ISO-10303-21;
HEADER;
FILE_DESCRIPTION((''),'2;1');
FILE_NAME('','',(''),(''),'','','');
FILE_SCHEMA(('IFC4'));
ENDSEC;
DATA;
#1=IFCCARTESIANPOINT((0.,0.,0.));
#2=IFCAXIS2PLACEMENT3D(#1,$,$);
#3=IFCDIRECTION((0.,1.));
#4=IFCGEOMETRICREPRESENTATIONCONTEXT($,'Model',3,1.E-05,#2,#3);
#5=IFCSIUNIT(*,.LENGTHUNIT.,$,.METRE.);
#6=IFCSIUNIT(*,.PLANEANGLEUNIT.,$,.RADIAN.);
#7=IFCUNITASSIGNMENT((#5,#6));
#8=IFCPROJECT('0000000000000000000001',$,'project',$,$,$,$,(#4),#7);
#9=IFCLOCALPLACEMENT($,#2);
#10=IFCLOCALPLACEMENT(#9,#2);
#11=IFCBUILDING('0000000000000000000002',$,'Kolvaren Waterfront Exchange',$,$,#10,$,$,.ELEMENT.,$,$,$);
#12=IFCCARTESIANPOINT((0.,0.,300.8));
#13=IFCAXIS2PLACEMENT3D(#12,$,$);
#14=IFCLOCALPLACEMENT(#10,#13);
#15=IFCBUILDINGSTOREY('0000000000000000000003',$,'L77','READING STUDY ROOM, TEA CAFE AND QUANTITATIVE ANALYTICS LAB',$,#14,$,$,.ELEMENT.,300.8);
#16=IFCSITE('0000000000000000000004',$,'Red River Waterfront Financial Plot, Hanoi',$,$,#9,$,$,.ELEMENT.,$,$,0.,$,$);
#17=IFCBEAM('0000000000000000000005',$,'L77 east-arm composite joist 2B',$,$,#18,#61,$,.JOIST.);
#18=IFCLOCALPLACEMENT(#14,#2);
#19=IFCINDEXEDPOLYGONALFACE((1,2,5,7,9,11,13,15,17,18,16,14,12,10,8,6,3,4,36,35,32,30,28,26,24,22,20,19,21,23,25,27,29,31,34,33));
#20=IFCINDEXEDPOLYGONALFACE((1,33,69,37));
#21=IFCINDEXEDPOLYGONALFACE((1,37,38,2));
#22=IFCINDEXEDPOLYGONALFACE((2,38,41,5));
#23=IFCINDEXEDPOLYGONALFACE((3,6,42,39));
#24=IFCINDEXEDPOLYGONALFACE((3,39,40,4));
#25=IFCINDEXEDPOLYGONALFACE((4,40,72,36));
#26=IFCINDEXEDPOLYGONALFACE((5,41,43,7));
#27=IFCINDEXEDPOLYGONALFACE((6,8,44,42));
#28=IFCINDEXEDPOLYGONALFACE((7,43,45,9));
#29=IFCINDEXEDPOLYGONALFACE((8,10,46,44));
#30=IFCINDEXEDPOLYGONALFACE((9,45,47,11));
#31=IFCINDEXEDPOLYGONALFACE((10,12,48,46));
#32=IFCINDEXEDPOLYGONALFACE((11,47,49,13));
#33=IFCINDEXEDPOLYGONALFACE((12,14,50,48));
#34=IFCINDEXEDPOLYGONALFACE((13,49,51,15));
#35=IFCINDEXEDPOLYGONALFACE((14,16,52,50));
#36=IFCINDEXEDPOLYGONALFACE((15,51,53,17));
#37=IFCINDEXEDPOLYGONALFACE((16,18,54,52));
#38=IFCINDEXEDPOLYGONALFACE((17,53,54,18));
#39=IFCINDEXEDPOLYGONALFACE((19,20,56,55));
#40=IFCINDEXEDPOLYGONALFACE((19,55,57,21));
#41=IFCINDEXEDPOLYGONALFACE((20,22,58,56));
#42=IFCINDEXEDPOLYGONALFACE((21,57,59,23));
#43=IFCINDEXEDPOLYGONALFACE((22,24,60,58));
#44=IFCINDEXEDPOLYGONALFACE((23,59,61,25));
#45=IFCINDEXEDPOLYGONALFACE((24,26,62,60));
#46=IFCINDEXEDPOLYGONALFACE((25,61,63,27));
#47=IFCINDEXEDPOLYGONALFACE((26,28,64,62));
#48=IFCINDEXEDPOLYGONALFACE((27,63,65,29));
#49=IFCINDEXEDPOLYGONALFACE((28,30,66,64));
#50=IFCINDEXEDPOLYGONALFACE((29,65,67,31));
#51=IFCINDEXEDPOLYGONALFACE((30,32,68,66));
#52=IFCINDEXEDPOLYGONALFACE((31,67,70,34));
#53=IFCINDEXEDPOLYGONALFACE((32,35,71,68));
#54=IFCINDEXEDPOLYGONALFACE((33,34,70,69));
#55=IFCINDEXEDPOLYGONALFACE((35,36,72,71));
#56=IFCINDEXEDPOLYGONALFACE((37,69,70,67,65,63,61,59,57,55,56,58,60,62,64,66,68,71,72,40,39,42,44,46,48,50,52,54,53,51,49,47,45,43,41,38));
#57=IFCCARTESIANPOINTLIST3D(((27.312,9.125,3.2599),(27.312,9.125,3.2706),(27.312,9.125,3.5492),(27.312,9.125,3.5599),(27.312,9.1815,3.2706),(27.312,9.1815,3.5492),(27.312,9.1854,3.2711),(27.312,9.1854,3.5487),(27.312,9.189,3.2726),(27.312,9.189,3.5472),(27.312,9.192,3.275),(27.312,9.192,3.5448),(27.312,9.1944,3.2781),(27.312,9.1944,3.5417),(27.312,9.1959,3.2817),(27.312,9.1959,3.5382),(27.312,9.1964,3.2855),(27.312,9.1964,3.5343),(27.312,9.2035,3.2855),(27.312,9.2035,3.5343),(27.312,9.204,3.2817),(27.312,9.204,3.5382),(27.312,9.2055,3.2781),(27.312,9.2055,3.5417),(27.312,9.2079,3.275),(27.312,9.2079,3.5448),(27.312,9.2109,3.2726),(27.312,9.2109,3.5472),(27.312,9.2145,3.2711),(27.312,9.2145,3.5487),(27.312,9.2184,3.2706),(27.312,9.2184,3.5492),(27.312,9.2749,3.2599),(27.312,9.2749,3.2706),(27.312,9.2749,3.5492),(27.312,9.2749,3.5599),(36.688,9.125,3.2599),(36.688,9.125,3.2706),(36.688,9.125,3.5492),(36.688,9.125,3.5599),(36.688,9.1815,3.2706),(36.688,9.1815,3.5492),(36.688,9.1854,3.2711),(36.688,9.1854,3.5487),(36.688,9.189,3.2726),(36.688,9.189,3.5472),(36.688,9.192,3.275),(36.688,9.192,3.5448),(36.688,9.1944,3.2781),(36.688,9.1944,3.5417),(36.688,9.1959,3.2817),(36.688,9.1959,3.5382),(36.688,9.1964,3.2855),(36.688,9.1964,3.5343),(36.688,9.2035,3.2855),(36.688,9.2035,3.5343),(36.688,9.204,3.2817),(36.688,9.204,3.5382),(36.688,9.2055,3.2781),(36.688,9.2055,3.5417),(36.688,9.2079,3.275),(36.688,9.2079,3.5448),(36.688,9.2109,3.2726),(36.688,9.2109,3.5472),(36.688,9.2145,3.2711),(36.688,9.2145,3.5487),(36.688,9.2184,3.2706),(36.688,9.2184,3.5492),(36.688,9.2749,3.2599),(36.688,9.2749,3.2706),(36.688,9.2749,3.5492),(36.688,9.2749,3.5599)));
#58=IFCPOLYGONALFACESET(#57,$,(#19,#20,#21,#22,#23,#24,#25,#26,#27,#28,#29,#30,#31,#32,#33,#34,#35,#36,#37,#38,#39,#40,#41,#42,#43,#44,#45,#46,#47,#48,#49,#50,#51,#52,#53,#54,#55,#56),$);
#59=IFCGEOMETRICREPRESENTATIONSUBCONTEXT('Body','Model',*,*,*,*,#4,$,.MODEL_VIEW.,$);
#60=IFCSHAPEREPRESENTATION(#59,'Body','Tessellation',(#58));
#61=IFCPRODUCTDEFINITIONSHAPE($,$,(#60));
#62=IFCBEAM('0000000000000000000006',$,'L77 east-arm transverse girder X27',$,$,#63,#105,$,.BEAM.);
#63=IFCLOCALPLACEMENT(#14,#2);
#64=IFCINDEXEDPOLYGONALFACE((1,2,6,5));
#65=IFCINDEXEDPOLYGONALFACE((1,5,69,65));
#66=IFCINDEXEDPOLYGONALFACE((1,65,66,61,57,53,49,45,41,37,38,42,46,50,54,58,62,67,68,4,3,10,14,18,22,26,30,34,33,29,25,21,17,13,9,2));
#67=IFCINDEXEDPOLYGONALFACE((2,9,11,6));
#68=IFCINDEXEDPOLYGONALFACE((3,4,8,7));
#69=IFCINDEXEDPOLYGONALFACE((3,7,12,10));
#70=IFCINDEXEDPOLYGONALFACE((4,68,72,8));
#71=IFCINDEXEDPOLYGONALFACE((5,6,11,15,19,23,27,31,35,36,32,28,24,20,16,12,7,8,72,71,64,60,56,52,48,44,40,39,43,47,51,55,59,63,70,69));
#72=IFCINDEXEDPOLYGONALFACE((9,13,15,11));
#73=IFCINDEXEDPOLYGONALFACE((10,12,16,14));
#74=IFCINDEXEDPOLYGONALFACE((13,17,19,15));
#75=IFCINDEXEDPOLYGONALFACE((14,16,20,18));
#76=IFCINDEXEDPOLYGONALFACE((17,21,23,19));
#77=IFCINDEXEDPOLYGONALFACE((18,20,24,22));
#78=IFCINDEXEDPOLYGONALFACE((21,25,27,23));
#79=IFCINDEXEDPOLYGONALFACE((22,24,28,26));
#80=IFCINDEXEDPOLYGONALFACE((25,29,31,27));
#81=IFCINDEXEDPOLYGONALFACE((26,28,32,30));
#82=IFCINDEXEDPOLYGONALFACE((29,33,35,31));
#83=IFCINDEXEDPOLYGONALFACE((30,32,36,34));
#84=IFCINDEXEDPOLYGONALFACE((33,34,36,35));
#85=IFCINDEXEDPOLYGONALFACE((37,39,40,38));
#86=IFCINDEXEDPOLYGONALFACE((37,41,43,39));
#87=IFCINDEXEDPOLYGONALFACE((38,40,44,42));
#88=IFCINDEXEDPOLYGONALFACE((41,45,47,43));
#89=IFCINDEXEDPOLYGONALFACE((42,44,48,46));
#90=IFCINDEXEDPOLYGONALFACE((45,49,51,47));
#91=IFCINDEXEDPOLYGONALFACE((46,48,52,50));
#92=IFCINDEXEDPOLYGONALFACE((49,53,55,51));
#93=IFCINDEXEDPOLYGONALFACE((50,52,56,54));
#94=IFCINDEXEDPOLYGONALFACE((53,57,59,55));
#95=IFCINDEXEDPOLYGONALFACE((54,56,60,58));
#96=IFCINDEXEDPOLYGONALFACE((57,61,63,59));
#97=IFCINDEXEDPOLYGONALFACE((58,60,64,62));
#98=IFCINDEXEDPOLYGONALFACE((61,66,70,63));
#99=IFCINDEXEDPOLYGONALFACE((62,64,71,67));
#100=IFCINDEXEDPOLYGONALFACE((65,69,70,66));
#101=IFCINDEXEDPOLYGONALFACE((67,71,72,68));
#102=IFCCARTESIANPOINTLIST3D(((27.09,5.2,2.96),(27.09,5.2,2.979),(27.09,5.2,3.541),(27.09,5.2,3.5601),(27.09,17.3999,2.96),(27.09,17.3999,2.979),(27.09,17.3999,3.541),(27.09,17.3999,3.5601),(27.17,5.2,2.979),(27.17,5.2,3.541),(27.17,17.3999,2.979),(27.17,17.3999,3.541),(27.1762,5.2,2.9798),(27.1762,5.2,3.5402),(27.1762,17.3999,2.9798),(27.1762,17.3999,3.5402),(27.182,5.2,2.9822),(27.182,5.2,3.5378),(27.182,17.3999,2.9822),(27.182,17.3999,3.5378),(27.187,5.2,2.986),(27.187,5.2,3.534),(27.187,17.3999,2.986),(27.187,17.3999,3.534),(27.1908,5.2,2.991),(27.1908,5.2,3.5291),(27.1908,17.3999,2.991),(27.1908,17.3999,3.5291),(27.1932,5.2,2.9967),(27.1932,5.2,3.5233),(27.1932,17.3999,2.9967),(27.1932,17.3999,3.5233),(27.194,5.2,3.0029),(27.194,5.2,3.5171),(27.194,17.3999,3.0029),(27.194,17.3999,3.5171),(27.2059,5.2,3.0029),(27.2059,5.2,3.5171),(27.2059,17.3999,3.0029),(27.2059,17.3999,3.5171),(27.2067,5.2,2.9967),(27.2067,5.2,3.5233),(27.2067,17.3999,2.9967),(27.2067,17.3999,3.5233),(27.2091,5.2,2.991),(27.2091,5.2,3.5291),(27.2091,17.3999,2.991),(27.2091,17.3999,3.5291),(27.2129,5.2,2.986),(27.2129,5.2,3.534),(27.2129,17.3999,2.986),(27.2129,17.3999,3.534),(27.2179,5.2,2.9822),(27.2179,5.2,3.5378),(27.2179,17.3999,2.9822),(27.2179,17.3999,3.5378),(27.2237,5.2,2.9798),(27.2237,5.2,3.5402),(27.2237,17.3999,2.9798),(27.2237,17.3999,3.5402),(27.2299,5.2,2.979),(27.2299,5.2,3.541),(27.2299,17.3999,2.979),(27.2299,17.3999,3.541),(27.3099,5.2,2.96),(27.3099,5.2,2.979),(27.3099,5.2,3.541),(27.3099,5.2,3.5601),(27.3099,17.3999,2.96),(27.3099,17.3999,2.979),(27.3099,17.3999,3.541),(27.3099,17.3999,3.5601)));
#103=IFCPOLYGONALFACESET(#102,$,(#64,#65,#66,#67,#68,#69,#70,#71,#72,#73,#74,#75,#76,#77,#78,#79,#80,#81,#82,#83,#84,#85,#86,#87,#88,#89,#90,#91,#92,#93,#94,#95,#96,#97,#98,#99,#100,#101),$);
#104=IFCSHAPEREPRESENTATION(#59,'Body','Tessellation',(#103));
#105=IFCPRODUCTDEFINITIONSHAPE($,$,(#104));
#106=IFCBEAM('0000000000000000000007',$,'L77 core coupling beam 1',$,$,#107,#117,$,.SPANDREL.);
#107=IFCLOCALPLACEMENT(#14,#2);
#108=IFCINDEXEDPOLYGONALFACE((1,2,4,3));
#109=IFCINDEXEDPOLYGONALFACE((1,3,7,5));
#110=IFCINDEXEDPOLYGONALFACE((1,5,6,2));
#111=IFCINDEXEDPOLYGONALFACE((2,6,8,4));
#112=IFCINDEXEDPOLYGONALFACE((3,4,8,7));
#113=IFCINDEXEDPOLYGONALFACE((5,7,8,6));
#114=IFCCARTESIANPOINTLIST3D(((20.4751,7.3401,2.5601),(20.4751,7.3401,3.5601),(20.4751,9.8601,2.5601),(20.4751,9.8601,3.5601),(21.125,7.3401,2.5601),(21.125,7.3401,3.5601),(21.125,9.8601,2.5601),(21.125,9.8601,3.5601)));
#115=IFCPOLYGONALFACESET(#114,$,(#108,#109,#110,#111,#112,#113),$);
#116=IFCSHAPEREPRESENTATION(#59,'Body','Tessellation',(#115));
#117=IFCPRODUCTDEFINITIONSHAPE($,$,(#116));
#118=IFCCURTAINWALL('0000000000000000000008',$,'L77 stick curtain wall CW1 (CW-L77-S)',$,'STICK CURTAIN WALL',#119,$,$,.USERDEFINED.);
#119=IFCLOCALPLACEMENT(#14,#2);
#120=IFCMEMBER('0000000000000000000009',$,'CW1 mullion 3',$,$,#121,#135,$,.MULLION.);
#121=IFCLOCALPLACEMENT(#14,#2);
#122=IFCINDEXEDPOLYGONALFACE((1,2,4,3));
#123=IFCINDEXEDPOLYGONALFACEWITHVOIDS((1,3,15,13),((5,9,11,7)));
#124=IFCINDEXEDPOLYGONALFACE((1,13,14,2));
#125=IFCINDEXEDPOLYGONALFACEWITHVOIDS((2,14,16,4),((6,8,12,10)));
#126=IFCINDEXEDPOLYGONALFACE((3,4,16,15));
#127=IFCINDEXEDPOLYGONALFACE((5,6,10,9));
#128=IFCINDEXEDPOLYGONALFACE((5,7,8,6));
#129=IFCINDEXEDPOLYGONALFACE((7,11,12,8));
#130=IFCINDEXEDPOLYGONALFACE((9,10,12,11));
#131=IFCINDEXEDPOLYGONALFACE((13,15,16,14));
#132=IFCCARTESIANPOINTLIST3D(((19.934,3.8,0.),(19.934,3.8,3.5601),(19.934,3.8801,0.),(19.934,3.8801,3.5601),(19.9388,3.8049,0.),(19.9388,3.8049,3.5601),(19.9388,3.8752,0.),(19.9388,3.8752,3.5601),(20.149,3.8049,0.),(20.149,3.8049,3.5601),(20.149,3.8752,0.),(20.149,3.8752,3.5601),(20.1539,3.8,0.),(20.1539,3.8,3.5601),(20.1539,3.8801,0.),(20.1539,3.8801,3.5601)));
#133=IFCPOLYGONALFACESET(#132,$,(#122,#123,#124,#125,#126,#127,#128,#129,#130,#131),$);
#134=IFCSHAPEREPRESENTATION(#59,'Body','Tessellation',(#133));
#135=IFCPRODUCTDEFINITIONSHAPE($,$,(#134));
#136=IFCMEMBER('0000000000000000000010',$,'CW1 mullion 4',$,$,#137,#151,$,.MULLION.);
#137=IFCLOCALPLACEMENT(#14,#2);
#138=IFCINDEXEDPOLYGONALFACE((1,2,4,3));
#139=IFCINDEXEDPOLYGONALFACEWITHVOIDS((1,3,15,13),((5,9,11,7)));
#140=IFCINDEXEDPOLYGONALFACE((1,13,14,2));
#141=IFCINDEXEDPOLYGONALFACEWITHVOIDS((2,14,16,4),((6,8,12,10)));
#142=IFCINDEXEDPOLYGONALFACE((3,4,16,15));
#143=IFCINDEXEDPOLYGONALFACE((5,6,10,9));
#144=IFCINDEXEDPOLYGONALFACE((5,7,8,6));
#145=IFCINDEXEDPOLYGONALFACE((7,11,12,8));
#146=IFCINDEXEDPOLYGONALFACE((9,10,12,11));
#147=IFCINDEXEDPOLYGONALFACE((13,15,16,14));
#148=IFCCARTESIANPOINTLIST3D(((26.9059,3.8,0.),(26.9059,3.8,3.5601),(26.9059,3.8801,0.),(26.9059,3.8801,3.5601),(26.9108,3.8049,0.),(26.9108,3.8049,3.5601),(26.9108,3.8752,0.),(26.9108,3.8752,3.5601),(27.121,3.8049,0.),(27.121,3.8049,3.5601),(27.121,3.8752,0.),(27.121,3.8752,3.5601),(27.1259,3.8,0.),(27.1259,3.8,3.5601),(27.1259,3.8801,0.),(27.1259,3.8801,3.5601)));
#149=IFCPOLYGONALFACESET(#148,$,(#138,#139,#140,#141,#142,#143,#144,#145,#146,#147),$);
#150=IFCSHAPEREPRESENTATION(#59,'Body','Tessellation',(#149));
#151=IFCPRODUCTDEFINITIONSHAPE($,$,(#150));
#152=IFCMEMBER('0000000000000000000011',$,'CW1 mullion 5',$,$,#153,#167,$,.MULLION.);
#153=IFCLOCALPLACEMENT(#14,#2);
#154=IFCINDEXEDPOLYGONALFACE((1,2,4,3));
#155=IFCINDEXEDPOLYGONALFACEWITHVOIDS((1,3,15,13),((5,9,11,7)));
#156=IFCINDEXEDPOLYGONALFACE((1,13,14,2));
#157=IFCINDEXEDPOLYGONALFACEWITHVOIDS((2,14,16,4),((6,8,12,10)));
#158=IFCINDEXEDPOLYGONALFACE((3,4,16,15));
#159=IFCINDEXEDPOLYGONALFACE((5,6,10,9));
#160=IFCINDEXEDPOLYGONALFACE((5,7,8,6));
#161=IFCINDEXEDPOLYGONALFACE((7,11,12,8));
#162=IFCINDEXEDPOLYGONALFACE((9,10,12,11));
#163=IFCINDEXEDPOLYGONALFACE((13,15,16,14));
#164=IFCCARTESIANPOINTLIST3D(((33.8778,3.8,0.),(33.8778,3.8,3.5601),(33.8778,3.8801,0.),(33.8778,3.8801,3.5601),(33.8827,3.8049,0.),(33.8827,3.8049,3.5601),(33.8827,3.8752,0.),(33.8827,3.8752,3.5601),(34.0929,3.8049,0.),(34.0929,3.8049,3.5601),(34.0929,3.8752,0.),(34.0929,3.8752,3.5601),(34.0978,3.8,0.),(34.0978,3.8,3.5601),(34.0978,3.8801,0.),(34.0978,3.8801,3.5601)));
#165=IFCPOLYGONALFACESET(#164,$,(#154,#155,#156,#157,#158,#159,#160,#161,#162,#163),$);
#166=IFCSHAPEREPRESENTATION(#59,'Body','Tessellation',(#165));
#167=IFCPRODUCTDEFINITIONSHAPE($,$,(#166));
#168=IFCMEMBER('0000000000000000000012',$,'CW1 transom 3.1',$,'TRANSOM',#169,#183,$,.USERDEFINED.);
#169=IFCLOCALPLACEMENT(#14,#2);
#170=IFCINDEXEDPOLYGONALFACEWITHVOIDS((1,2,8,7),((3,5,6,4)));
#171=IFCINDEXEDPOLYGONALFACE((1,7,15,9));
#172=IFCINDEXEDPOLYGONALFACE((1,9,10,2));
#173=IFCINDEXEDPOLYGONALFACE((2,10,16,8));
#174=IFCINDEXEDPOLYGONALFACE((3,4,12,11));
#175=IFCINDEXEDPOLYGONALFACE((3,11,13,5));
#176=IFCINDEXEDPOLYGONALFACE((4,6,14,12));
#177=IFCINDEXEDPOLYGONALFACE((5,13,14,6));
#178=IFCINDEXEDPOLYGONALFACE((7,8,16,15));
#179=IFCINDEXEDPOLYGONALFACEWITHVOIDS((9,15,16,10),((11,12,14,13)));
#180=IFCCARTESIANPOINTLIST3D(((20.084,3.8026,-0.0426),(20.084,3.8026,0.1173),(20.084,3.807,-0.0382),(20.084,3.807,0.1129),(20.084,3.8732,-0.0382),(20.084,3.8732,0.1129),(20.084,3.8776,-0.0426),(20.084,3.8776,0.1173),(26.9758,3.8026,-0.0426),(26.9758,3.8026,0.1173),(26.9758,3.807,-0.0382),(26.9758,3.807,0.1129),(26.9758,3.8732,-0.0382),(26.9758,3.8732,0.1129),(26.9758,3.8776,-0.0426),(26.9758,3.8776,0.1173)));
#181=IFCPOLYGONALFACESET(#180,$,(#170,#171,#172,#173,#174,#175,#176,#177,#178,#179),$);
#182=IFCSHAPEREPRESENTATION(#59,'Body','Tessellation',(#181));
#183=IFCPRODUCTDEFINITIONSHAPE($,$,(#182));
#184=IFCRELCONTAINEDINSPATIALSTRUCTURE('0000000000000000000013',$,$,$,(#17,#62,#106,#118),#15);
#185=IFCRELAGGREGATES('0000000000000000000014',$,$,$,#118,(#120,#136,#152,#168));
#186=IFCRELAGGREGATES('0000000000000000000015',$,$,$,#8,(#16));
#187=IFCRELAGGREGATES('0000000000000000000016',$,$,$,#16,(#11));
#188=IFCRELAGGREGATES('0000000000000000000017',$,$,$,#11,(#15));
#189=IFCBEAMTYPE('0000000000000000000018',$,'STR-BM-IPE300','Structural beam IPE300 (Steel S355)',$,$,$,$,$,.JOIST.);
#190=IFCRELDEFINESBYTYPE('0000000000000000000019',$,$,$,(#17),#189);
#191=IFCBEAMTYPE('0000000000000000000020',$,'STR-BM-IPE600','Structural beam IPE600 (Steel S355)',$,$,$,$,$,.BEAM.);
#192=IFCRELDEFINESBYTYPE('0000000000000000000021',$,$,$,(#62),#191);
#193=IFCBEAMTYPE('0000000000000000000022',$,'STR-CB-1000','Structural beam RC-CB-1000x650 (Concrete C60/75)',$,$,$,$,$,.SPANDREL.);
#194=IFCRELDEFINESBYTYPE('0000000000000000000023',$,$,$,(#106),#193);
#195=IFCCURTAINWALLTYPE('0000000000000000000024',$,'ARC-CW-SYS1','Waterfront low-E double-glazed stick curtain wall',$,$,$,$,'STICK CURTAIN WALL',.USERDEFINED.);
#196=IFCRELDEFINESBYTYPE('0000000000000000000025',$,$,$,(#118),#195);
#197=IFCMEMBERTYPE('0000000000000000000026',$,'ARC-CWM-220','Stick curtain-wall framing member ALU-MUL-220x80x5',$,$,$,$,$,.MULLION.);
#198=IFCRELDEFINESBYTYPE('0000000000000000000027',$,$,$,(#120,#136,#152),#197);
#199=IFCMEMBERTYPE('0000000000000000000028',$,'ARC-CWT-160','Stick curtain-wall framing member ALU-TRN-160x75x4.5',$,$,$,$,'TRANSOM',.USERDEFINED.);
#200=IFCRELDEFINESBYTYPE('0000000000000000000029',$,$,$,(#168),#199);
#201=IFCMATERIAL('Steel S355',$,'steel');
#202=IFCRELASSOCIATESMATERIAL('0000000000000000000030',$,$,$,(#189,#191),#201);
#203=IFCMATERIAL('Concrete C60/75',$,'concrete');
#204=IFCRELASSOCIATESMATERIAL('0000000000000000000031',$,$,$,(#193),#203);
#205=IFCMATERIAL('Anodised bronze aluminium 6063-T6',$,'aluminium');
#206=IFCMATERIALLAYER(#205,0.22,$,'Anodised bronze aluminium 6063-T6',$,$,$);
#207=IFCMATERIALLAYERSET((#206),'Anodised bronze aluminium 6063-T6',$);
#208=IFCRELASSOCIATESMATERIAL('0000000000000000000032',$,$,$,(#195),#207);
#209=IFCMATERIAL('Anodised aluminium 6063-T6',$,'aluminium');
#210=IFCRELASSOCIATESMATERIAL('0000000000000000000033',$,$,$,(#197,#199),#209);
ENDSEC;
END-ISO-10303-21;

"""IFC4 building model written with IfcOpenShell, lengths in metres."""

from ifc_helpers import new_model, si_unit, direction, frame, origin, origin_with_axes, origin_2d, place, context, subcontext, project, spatial, rectangle, hollow_rectangle, i_section, extrude, source, transform, mapped, material, layer, layer_set, material_profile, profile_set, type_object, element, aggregate, save


model = new_model("IFC4")

# Units and contexts
model_context = context("Model", 3, precision=1e-05, world=origin(), true_north=direction((0.0, 1.0)))
body_context = subcontext(model_context, "Body", "Model", "MODEL_VIEW")
ifc_project = project(units=[si_unit("LENGTHUNIT", "METRE"), si_unit("PLANEANGLEUNIT", "RADIAN")], contexts=[model_context])

# Site, building, storey
site_placement = place(None, origin())
site = spatial("IfcSite", under=ifc_project, at=site_placement, Name="Red River Waterfront Financial Plot, Hanoi", CompositionType="ELEMENT", RefElevation=0.0)
building_placement = place(site_placement, origin())
building = spatial("IfcBuilding", under=site, at=building_placement, Name="Kolvaren Waterfront Exchange", CompositionType="ELEMENT")
storey_placement = place(building_placement, frame((0.0, 0.0, 300.8)))
storey = spatial("IfcBuildingStorey", under=building, at=storey_placement, Name="L77", Description="READING STUDY ROOM, TEA CAFE AND QUANTITATIVE ANALYTICS LAB", CompositionType="ELEMENT", Elevation=300.8)

# Beams
ifc_material_1 = material(Name="Steel S355", Category="steel")
ifc_material_profile_1 = material_profile(ifc_material_1, i_section(OverallWidth=0.1499, OverallDepth=0.3, WebThickness=0.0071, FlangeThickness=0.0107, FilletRadius=0.0149, at=origin_2d()), Name="IPE300")
ifc_profile_set_1 = profile_set([ifc_material_profile_1], Name="Steel S355")
beam_type_1 = type_object("IfcBeamType", Name="STR-BM-IPE300", Description="Structural beam IPE300 (Steel S355)", PredefinedType="JOIST", material=ifc_profile_set_1)
beam_1_placement = place(storey_placement, frame((27.312, 9.2, 3.4099), z_axis=(1.0, 0.0, 0.0), x_axis=(0.0, 1.0, 0.0)))
element("IfcBeam", 1, at=beam_1_placement, inside=storey, type_object=beam_type_1, Name="L77 east-arm composite joist 2B", PredefinedType="JOIST", context=body_context, shape_type="SweptSolid", body=[
    extrude(i_section(OverallWidth=0.1499, OverallDepth=0.3, WebThickness=0.0071, FlangeThickness=0.0107, FilletRadius=0.0149, at=origin_2d()), origin(), (0.0, 0.0, 1.0), 9.376),
])
ifc_material_profile_2 = material_profile(ifc_material_1, i_section(OverallWidth=0.22, OverallDepth=0.6001, WebThickness=0.012, FlangeThickness=0.019, FilletRadius=0.0239, at=origin_2d()), Name="IPE600")
ifc_profile_set_2 = profile_set([ifc_material_profile_2], Name="Steel S355")
beam_type_2 = type_object("IfcBeamType", Name="STR-BM-IPE600", Description="Structural beam IPE600 (Steel S355)", PredefinedType="BEAM", material=ifc_profile_set_2)
beam_2_placement = place(storey_placement, frame((27.2, 5.2, 3.26), z_axis=(0.0, 1.0, 0.0), x_axis=(-1.0, 0.0, 0.0)))
element("IfcBeam", 2, at=beam_2_placement, inside=storey, type_object=beam_type_2, Name="L77 east-arm transverse girder X27", PredefinedType="BEAM", context=body_context, shape_type="SweptSolid", body=[
    extrude(i_section(OverallWidth=0.22, OverallDepth=0.6001, WebThickness=0.012, FlangeThickness=0.019, FilletRadius=0.0239, at=origin_2d()), origin(), (0.0, 0.0, 1.0), 12.2),
])
ifc_material_2 = material(Name="Concrete C60/75", Category="concrete")
ifc_material_profile_3 = material_profile(ifc_material_2, rectangle(XDim=0.6499, YDim=1.0, at=origin_2d()), Name="RC-CB-1000x650")
ifc_profile_set_3 = profile_set([ifc_material_profile_3], Name="Concrete C60/75")
beam_type_3 = type_object("IfcBeamType", Name="STR-CB-1000", Description="Structural beam RC-CB-1000x650 (Concrete C60/75)", PredefinedType="SPANDREL", material=ifc_profile_set_3)
beam_3_placement = place(storey_placement, frame((20.8, 7.3401, 3.0601), z_axis=(0.0, 1.0, 0.0), x_axis=(-1.0, 0.0, 0.0)))
element("IfcBeam", 3, at=beam_3_placement, inside=storey, type_object=beam_type_3, Name="L77 core coupling beam 1", PredefinedType="SPANDREL", context=body_context, shape_type="SweptSolid", body=[
    extrude(rectangle(XDim=0.6499, YDim=1.0, at=origin_2d()), origin(), (0.0, 0.0, 1.0), 2.52),
])

# Curtain wall, members
ifc_material_3 = material(Name="Anodised bronze aluminium 6063-T6", Category="aluminium")
ifc_layer_1 = layer(ifc_material_3, 0.22, Name="Anodised bronze aluminium 6063-T6")
ifc_layer_set_1 = layer_set([ifc_layer_1], Name="Anodised bronze aluminium 6063-T6")
curtain_wall_type = type_object("IfcCurtainWallType", Name="ARC-CW-SYS1", Description="Waterfront low-E double-glazed stick curtain wall", ElementType="STICK CURTAIN WALL", PredefinedType="USERDEFINED", material=ifc_layer_set_1)
curtain_wall_placement = place(storey_placement, origin())
curtain_wall = element("IfcCurtainWall", 4, at=curtain_wall_placement, inside=storey, type_object=curtain_wall_type, Name="L77 stick curtain wall CW1 (CW-L77-S)", ObjectType="STICK CURTAIN WALL", PredefinedType="USERDEFINED")
ifc_material_4 = material(Name="Anodised aluminium 6063-T6", Category="aluminium")
ifc_material_profile_4 = material_profile(ifc_material_4, hollow_rectangle(XDim=0.0801, YDim=0.22, WallThickness=0.0049, at=origin_2d()), Name="ALU-MUL-220x80x5")
ifc_profile_set_4 = profile_set([ifc_material_profile_4], Name="Anodised aluminium 6063-T6")
member_type_1 = type_object("IfcMemberType", Name="ARC-CWM-220", Description="Stick curtain-wall framing member ALU-MUL-220x80x5", PredefinedType="MULLION", material=ifc_profile_set_4)
shared_shape_1 = source(origin_with_axes(), body_context, "Body", "SweptSolid", [
    extrude(hollow_rectangle(XDim=0.0801, YDim=0.22, WallThickness=0.0049, at=origin_2d()), origin(), (0.0, 0.0, 1.0), 3.5601),
])
member_1_placement = place(storey_placement, frame((20.0439, 3.8401, 0.0), z_axis=(0.0, 0.0, 1.0), x_axis=(0.0, 1.0, 0.0)))
member_1 = element("IfcMember", 5, at=member_1_placement, type_object=member_type_1, Name="CW1 mullion 3", PredefinedType="MULLION", context=body_context, shape_type="MappedRepresentation", body=[
    mapped(shared_shape_1, transform((0.0, 0.0, 0.0), x_axis=(1.0, 0.0, 0.0), y_axis=(0.0, 1.0, 0.0), z_axis=(0.0, 0.0, 1.0), scale=1.0)),
])
member_2_placement = place(storey_placement, frame((27.0159, 3.8401, 0.0), z_axis=(0.0, 0.0, 1.0), x_axis=(0.0, 1.0, 0.0)))
member_2 = element("IfcMember", 6, at=member_2_placement, type_object=member_type_1, Name="CW1 mullion 4", PredefinedType="MULLION", context=body_context, shape_type="MappedRepresentation", body=[
    mapped(shared_shape_1, transform((0.0, 0.0, 0.0), x_axis=(1.0, 0.0, 0.0), y_axis=(0.0, 1.0, 0.0), z_axis=(0.0, 0.0, 1.0), scale=1.0)),
])
member_3_placement = place(storey_placement, frame((33.9878, 3.8401, 0.0), z_axis=(0.0, 0.0, 1.0), x_axis=(0.0, 1.0, 0.0)))
member_3 = element("IfcMember", 7, at=member_3_placement, type_object=member_type_1, Name="CW1 mullion 5", PredefinedType="MULLION", context=body_context, shape_type="MappedRepresentation", body=[
    mapped(shared_shape_1, transform((0.0, 0.0, 0.0), x_axis=(1.0, 0.0, 0.0), y_axis=(0.0, 1.0, 0.0), z_axis=(0.0, 0.0, 1.0), scale=1.0)),
])
ifc_material_profile_5 = material_profile(ifc_material_4, hollow_rectangle(XDim=0.075, YDim=0.1599, WallThickness=0.0044, at=origin_2d()), Name="ALU-TRN-160x75x4.5")
ifc_profile_set_5 = profile_set([ifc_material_profile_5], Name="Anodised aluminium 6063-T6")
member_type_2 = type_object("IfcMemberType", Name="ARC-CWT-160", Description="Stick curtain-wall framing member ALU-TRN-160x75x4.5", ElementType="TRANSOM", PredefinedType="USERDEFINED", material=ifc_profile_set_5)
shared_shape_2 = source(origin_with_axes(), body_context, "Body", "SweptSolid", [
    extrude(hollow_rectangle(XDim=0.075, YDim=0.1599, WallThickness=0.0044, at=origin_2d()), origin(), (0.0, 0.0, 1.0), 6.8918),
])
member_4_placement = place(storey_placement, frame((20.084, 3.8401, 0.0374), z_axis=(1.0, 0.0, 0.0), x_axis=(0.0, 1.0, 0.0)))
member_4 = element("IfcMember", 8, at=member_4_placement, type_object=member_type_2, Name="CW1 transom 3.1", ObjectType="TRANSOM", PredefinedType="USERDEFINED", context=body_context, shape_type="MappedRepresentation", body=[
    mapped(shared_shape_2, transform((0.0, 0.0, 0.0), x_axis=(1.0, 0.0, 0.0), y_axis=(0.0, 1.0, 0.0), z_axis=(0.0, 0.0, 1.0), scale=1.0)),
])
aggregate(curtain_wall, [member_1, member_2, member_3, member_4])

save(model, "model.ifc")
